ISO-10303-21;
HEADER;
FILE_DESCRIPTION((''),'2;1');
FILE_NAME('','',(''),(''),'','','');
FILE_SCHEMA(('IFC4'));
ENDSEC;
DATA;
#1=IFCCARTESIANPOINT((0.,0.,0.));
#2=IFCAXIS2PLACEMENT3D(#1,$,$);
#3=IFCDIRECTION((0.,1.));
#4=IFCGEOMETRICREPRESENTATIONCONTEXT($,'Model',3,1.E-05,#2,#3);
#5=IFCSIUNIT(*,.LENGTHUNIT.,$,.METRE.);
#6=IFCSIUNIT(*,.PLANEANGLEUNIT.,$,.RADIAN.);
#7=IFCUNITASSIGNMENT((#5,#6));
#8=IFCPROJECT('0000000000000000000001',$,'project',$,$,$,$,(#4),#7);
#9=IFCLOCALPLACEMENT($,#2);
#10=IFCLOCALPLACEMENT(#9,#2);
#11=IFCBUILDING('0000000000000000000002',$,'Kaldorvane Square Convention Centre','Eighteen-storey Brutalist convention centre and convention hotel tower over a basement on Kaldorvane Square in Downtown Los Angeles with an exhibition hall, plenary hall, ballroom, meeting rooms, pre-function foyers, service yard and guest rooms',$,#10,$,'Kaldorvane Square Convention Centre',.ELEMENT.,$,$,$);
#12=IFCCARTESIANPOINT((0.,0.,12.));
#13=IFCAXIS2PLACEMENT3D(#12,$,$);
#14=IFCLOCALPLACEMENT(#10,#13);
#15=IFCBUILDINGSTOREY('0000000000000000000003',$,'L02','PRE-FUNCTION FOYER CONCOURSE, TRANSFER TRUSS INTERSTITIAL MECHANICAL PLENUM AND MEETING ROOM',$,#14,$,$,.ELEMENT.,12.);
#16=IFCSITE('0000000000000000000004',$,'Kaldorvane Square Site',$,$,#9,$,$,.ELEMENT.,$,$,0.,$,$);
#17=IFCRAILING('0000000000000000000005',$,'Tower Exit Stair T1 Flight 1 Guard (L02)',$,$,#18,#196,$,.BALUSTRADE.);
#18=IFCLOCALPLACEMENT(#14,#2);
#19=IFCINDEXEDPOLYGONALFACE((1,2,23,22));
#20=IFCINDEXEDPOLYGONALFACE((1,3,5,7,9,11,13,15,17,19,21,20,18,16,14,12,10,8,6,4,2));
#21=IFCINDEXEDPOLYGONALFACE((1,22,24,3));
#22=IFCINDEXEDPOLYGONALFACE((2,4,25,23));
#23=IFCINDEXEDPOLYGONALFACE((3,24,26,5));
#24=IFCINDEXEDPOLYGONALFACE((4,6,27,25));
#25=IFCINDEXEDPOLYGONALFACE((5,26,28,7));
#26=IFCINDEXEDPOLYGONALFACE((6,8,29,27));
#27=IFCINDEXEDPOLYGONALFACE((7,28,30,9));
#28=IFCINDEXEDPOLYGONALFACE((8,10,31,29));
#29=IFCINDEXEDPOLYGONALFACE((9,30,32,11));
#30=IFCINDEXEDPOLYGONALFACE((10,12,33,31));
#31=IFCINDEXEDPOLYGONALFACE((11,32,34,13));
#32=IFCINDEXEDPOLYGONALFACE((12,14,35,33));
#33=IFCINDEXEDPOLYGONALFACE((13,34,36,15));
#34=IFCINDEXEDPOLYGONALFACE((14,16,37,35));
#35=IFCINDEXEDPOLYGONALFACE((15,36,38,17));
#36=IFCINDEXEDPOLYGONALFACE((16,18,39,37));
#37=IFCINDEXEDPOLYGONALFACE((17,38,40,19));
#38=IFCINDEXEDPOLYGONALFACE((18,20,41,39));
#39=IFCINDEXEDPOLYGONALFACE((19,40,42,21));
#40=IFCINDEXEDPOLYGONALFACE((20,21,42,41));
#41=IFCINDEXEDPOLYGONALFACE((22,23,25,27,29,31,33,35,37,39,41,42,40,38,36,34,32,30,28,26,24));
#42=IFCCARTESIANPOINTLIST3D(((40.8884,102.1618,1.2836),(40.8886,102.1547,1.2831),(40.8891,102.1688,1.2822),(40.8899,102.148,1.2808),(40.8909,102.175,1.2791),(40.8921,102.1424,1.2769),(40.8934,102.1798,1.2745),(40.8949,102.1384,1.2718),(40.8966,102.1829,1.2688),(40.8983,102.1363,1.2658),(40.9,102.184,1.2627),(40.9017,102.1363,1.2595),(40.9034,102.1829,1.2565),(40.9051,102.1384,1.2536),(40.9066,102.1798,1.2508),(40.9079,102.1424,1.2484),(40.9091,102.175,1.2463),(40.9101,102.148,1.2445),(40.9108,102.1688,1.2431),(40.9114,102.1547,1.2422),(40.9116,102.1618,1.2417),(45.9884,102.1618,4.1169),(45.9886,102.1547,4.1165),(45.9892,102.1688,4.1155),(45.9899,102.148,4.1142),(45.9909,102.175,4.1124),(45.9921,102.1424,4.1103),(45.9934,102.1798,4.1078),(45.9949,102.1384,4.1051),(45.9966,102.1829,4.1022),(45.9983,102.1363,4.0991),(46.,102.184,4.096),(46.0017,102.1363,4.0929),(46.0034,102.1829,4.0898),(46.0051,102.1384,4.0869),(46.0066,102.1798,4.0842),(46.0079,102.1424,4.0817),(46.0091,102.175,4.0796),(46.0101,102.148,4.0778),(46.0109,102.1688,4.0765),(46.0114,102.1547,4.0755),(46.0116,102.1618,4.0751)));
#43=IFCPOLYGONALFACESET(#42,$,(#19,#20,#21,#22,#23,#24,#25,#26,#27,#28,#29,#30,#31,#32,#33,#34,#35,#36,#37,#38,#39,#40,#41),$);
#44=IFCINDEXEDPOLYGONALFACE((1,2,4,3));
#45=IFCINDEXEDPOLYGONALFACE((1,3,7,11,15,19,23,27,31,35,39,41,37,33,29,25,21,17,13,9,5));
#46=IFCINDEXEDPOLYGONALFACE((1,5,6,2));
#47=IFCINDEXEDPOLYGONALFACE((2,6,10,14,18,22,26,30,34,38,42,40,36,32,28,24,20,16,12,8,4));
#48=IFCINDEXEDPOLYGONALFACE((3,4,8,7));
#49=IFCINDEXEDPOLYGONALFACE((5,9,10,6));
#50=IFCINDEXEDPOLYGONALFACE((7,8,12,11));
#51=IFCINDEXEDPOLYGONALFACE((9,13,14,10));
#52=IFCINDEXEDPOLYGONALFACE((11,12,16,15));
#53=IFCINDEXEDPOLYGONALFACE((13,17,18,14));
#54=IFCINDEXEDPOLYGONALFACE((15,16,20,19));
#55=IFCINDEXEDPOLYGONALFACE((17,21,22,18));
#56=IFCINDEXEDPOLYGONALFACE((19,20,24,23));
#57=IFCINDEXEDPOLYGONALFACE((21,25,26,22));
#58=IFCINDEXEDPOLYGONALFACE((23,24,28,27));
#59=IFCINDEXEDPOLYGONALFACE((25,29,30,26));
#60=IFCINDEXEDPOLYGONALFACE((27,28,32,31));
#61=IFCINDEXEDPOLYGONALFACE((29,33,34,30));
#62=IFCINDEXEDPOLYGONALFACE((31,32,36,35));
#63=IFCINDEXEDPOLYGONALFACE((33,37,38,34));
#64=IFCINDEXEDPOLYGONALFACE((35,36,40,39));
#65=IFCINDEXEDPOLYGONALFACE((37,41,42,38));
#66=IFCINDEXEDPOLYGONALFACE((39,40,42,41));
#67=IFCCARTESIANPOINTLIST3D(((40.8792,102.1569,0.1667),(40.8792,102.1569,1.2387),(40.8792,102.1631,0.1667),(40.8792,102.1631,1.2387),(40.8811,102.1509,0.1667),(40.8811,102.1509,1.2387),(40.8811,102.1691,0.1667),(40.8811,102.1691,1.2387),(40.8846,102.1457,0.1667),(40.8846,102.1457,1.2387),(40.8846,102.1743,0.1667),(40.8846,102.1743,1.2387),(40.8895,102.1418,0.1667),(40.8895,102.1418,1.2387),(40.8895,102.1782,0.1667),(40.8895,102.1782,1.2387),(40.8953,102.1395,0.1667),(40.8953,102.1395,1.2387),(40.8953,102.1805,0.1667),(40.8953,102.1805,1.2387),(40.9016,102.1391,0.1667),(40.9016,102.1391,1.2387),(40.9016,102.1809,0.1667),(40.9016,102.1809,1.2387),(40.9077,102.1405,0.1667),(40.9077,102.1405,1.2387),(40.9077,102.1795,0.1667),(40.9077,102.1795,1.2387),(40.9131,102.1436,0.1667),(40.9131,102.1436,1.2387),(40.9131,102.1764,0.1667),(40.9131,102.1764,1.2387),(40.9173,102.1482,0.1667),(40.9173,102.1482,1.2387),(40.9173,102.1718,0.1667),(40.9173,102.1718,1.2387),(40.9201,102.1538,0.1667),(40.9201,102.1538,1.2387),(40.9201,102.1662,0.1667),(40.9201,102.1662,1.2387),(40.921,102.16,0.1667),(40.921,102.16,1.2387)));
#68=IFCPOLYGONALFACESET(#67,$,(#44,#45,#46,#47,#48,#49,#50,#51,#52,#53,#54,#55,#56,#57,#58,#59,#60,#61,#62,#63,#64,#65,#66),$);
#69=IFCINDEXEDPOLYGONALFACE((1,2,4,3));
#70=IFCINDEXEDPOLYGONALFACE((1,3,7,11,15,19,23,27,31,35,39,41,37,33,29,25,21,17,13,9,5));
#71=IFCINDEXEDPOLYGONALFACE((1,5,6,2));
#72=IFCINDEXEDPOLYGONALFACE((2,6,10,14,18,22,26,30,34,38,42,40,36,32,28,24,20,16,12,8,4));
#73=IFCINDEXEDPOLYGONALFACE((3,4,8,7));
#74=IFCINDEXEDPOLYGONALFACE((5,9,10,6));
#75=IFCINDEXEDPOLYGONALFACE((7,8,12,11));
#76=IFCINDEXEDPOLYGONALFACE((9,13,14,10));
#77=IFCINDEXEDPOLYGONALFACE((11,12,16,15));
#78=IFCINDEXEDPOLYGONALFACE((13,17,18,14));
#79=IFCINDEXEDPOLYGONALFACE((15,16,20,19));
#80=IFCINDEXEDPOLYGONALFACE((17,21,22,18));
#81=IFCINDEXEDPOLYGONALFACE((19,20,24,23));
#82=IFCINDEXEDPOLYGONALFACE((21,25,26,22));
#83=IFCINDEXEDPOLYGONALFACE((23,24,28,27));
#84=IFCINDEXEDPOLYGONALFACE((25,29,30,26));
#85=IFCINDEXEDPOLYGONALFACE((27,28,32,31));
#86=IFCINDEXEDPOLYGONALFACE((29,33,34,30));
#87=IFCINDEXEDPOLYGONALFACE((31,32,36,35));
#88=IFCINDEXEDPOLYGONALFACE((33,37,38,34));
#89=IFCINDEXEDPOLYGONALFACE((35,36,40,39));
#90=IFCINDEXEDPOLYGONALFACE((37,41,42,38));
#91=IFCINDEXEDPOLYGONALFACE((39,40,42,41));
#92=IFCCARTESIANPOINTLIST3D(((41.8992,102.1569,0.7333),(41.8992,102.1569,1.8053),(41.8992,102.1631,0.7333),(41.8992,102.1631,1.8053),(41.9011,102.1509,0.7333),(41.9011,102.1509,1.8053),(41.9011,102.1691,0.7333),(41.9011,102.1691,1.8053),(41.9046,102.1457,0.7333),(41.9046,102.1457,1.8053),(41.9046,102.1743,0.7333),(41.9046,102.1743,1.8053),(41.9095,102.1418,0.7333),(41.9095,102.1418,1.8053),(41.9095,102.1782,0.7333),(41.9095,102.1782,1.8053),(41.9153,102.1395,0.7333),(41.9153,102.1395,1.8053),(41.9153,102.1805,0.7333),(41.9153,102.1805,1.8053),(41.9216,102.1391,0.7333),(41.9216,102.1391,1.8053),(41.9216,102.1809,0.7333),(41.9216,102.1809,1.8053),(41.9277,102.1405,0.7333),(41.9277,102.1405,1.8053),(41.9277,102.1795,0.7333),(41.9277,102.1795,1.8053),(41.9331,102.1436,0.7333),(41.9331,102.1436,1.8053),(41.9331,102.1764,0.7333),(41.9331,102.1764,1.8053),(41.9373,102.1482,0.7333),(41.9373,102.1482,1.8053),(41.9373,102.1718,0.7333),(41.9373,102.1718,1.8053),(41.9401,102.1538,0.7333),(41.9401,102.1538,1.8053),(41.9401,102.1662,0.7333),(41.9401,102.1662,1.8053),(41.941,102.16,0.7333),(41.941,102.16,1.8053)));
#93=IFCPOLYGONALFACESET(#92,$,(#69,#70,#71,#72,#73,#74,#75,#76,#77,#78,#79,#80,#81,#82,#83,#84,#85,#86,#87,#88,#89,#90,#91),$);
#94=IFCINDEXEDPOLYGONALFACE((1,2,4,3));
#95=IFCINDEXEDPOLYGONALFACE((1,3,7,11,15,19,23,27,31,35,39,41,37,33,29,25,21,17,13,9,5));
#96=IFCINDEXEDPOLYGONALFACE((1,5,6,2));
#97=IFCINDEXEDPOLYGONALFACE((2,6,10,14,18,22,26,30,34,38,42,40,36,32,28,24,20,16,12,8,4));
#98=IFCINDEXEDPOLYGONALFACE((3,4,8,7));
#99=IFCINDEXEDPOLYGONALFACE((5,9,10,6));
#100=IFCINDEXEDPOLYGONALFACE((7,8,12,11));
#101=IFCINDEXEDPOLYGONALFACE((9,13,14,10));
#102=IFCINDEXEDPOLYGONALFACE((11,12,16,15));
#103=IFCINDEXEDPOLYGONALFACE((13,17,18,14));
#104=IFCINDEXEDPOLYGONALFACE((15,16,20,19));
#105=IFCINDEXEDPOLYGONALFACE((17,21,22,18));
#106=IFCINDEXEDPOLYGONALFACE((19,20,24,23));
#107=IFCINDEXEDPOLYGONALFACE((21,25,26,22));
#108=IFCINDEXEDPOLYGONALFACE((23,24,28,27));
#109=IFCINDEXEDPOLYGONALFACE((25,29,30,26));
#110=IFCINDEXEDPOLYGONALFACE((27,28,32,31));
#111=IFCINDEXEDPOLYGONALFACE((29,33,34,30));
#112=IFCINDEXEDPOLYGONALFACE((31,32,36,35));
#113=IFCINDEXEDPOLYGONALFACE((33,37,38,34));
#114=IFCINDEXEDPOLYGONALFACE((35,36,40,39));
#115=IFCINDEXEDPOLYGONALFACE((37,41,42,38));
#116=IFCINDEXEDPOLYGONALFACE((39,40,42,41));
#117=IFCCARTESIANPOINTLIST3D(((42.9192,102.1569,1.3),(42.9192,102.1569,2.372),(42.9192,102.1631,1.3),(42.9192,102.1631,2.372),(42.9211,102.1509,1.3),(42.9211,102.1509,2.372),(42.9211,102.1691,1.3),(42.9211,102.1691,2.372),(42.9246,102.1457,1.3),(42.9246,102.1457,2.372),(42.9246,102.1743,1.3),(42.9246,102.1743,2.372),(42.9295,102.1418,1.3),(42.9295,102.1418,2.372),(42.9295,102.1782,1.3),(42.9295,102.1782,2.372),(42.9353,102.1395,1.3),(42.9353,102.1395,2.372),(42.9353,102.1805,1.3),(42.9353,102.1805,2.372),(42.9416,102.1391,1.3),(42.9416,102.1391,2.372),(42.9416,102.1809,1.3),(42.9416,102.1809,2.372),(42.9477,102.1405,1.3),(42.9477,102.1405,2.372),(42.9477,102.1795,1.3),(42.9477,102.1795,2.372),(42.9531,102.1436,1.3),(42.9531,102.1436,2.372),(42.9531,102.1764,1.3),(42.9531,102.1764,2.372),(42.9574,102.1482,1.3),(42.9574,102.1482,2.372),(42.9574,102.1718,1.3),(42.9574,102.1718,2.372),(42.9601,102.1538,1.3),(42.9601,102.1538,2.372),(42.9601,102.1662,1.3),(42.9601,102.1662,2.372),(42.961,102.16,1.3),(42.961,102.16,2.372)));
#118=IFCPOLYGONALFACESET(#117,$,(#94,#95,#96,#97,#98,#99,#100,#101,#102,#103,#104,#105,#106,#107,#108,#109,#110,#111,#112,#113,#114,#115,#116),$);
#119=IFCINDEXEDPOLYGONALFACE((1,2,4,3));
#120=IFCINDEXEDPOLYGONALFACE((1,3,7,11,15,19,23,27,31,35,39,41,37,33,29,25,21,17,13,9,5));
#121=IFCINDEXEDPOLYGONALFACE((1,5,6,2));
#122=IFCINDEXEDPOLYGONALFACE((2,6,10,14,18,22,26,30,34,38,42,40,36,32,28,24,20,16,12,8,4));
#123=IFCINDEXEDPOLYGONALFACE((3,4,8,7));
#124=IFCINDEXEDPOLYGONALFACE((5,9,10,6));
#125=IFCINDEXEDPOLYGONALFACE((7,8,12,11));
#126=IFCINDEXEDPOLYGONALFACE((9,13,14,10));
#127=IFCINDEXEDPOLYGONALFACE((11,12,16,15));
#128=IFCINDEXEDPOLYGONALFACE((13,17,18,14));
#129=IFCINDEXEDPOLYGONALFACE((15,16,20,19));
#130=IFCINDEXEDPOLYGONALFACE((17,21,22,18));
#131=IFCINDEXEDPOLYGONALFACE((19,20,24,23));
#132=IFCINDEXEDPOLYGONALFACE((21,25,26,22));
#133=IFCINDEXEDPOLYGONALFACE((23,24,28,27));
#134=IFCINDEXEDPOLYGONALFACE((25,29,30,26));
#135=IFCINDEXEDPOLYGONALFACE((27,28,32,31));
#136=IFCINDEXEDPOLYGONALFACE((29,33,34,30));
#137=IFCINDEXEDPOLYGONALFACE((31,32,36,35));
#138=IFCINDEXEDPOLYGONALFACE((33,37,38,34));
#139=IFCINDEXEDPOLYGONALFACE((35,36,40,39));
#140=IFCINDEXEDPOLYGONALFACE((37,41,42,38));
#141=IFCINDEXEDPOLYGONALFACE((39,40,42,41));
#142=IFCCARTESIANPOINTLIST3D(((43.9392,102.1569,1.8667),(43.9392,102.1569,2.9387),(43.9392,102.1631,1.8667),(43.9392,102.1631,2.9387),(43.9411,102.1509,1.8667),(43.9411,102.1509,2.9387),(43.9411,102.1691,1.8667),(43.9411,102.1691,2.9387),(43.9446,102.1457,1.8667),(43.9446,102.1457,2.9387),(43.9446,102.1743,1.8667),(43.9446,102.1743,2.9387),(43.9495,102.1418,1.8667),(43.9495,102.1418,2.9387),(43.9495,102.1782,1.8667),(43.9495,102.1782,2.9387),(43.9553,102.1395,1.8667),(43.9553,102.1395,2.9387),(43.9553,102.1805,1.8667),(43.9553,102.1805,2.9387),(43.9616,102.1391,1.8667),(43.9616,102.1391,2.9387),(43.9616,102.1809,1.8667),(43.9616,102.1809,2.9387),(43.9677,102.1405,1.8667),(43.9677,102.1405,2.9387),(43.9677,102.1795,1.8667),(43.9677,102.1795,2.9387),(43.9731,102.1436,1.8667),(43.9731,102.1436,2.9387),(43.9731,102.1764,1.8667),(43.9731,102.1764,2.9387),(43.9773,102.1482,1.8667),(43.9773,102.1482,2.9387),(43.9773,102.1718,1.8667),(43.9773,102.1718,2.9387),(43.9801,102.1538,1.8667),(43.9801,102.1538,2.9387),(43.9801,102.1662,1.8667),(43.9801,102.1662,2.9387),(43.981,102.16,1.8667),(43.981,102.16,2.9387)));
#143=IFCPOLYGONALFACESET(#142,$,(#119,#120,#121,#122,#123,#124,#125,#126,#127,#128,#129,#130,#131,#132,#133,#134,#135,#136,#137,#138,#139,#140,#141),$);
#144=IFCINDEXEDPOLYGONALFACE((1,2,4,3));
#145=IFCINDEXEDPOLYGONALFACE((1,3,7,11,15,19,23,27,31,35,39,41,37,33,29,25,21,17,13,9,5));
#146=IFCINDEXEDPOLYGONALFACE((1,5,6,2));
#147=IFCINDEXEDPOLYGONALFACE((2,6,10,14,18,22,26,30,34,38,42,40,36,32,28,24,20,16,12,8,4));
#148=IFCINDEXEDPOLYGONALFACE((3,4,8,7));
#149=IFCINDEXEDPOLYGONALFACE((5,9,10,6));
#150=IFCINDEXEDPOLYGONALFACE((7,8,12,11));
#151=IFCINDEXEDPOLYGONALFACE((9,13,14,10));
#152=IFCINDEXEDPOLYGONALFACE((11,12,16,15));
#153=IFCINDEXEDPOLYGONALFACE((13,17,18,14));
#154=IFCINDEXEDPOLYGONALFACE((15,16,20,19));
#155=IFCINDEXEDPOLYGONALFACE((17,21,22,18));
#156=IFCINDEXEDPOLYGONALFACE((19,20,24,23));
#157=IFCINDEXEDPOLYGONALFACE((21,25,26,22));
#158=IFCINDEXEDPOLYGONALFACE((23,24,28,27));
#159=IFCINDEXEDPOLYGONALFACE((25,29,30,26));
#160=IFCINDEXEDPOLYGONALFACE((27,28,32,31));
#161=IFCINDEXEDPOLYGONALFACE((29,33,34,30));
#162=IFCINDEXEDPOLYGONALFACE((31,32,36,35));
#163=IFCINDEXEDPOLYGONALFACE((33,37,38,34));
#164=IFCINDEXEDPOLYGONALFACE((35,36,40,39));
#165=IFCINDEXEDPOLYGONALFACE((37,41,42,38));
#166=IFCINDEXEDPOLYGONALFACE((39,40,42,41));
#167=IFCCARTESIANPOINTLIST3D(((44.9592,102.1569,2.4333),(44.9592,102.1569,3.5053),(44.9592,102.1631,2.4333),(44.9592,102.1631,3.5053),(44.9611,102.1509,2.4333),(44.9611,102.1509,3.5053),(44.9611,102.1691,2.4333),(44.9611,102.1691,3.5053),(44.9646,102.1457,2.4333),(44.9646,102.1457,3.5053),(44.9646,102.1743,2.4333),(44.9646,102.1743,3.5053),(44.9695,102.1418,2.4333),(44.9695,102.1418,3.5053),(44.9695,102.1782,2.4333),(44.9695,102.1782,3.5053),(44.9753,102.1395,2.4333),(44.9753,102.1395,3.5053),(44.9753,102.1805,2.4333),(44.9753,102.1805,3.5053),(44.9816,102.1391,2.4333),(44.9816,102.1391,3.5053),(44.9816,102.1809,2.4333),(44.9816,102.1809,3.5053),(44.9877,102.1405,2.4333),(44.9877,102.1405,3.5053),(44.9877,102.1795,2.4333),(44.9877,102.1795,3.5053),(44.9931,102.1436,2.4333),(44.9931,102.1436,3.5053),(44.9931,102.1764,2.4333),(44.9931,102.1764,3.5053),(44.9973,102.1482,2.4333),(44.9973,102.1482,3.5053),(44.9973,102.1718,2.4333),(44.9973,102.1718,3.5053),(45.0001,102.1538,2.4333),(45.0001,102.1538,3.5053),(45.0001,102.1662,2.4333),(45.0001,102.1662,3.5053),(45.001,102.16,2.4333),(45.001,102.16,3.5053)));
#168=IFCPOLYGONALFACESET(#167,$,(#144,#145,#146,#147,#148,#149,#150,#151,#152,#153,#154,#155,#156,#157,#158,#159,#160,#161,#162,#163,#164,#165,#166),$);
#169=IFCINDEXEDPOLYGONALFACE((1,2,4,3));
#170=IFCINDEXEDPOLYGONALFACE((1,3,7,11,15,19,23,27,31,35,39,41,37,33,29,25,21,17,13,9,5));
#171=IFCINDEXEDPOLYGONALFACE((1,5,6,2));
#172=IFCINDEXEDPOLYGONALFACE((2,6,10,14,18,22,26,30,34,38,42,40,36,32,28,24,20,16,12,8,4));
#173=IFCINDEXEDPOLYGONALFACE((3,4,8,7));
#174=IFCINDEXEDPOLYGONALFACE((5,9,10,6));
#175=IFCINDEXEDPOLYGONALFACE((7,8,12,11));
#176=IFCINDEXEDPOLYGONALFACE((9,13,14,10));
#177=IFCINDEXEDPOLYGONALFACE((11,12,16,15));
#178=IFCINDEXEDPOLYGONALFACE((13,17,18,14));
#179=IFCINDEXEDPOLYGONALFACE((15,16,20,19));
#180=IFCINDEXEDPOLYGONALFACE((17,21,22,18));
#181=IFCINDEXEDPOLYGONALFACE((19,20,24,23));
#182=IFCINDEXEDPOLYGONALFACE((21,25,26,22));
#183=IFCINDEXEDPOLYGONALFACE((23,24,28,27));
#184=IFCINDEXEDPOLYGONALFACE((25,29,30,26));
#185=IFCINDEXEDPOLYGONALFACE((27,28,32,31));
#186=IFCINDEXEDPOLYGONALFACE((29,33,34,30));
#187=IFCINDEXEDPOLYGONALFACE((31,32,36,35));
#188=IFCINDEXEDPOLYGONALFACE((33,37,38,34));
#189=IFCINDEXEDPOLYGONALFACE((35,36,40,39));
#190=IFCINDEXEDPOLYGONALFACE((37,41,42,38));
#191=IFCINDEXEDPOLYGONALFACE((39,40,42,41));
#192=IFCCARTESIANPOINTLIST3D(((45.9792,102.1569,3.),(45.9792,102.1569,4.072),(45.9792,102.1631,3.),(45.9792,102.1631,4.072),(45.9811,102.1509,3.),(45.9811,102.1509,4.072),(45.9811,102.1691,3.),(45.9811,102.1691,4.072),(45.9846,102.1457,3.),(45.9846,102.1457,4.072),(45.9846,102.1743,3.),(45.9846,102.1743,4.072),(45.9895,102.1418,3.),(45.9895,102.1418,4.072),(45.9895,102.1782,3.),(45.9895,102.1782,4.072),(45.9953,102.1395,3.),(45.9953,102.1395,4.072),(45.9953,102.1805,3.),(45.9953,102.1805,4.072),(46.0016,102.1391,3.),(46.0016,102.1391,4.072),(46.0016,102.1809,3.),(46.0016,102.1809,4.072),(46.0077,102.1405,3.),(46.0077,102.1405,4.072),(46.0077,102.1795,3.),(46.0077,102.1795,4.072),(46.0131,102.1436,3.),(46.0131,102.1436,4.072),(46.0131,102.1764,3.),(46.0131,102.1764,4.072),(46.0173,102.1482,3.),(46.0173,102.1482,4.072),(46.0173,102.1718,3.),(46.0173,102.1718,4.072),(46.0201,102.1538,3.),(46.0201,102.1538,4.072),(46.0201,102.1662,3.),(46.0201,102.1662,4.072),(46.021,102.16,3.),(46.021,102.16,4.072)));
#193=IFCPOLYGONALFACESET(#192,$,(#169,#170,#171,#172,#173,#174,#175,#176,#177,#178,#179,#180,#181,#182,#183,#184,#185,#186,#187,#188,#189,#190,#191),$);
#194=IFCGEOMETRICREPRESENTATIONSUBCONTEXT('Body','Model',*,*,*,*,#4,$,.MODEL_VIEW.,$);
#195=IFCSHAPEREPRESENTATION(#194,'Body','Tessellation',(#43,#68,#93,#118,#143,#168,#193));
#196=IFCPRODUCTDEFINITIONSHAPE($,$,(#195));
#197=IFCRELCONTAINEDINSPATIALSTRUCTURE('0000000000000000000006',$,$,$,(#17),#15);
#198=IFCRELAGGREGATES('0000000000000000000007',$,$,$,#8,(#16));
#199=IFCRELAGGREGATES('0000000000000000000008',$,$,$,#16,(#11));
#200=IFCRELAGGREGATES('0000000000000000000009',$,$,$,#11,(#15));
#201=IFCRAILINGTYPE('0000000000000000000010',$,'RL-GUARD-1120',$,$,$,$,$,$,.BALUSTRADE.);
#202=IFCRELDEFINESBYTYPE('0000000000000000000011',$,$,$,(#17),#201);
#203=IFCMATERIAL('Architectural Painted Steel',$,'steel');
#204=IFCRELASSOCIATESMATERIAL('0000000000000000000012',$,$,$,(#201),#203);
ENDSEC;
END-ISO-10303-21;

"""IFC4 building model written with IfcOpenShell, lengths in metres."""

from ifc_helpers import new_model, si_unit, direction, frame, origin, origin_2d, place, context, subcontext, project, spatial, circle, extrude, material, type_object, element, save


model = new_model("IFC4")

# Units and contexts
model_context = context("Model", 3, precision=1e-05, world=origin(), true_north=direction((0.0, 1.0)))
body_context = subcontext(model_context, "Body", "Model", "MODEL_VIEW")
ifc_project = project(units=[si_unit("LENGTHUNIT", "METRE"), si_unit("PLANEANGLEUNIT", "RADIAN")], contexts=[model_context])

# Site, building, storey
site_placement = place(None, origin())
site = spatial("IfcSite", under=ifc_project, at=site_placement, Name="Kaldorvane Square Site", CompositionType="ELEMENT", RefElevation=0.0)
building_placement = place(site_placement, origin())
building = spatial("IfcBuilding", under=site, at=building_placement, Name="Kaldorvane Square Convention Centre", Description="Eighteen-storey Brutalist convention centre and convention hotel tower over a basement on Kaldorvane Square in Downtown Los Angeles with an exhibition hall, plenary hall, ballroom, meeting rooms, pre-function foyers, service yard and guest rooms", LongName="Kaldorvane Square Convention Centre", CompositionType="ELEMENT")
storey_placement = place(building_placement, frame((0.0, 0.0, 12.0)))
storey = spatial("IfcBuildingStorey", under=building, at=storey_placement, Name="L02", Description="PRE-FUNCTION FOYER CONCOURSE, TRANSFER TRUSS INTERSTITIAL MECHANICAL PLENUM AND MEETING ROOM", CompositionType="ELEMENT", Elevation=12.0)

# Railing
ifc_material_1 = material(Name="Architectural Painted Steel", Category="steel")
railing_type_1 = type_object("IfcRailingType", Name="RL-GUARD-1120", PredefinedType="BALUSTRADE", material=ifc_material_1)
railing_1_placement = place(storey_placement, frame((40.9, 102.16, 0.1667)))
element("IfcRailing", 1, at=railing_1_placement, inside=storey, type_object=railing_type_1, Name="Tower Exit Stair T1 Flight 1 Guard (L02)", PredefinedType="BALUSTRADE", context=body_context, shape_type="SweptSolid", body=[
    extrude(circle(Radius=0.024, at=origin_2d()), frame((0.0, 0.0, 1.096), z_axis=(0.874158, 0.0, 0.485642), x_axis=(0.0, 1.0, 0.0)), (0.0, 0.0, 1.0), 5.8342),
    extrude(circle(Radius=0.021, at=origin_2d()), origin(), (0.0, 0.0, 1.0), 1.072),
    extrude(circle(Radius=0.021, at=origin_2d()), frame((1.02, 0.0, 0.5667)), (0.0, 0.0, 1.0), 1.072),
    extrude(circle(Radius=0.021, at=origin_2d()), frame((2.04, 0.0, 1.1333)), (0.0, 0.0, 1.0), 1.072),
    extrude(circle(Radius=0.021, at=origin_2d()), frame((3.06, 0.0, 1.7)), (0.0, 0.0, 1.0), 1.072),
    extrude(circle(Radius=0.021, at=origin_2d()), frame((4.08, 0.0, 2.2667)), (0.0, 0.0, 1.0), 1.072),
    extrude(circle(Radius=0.021, at=origin_2d()), frame((5.1, 0.0, 2.8333)), (0.0, 0.0, 1.0), 1.072),
])

save(model, "model.ifc")
